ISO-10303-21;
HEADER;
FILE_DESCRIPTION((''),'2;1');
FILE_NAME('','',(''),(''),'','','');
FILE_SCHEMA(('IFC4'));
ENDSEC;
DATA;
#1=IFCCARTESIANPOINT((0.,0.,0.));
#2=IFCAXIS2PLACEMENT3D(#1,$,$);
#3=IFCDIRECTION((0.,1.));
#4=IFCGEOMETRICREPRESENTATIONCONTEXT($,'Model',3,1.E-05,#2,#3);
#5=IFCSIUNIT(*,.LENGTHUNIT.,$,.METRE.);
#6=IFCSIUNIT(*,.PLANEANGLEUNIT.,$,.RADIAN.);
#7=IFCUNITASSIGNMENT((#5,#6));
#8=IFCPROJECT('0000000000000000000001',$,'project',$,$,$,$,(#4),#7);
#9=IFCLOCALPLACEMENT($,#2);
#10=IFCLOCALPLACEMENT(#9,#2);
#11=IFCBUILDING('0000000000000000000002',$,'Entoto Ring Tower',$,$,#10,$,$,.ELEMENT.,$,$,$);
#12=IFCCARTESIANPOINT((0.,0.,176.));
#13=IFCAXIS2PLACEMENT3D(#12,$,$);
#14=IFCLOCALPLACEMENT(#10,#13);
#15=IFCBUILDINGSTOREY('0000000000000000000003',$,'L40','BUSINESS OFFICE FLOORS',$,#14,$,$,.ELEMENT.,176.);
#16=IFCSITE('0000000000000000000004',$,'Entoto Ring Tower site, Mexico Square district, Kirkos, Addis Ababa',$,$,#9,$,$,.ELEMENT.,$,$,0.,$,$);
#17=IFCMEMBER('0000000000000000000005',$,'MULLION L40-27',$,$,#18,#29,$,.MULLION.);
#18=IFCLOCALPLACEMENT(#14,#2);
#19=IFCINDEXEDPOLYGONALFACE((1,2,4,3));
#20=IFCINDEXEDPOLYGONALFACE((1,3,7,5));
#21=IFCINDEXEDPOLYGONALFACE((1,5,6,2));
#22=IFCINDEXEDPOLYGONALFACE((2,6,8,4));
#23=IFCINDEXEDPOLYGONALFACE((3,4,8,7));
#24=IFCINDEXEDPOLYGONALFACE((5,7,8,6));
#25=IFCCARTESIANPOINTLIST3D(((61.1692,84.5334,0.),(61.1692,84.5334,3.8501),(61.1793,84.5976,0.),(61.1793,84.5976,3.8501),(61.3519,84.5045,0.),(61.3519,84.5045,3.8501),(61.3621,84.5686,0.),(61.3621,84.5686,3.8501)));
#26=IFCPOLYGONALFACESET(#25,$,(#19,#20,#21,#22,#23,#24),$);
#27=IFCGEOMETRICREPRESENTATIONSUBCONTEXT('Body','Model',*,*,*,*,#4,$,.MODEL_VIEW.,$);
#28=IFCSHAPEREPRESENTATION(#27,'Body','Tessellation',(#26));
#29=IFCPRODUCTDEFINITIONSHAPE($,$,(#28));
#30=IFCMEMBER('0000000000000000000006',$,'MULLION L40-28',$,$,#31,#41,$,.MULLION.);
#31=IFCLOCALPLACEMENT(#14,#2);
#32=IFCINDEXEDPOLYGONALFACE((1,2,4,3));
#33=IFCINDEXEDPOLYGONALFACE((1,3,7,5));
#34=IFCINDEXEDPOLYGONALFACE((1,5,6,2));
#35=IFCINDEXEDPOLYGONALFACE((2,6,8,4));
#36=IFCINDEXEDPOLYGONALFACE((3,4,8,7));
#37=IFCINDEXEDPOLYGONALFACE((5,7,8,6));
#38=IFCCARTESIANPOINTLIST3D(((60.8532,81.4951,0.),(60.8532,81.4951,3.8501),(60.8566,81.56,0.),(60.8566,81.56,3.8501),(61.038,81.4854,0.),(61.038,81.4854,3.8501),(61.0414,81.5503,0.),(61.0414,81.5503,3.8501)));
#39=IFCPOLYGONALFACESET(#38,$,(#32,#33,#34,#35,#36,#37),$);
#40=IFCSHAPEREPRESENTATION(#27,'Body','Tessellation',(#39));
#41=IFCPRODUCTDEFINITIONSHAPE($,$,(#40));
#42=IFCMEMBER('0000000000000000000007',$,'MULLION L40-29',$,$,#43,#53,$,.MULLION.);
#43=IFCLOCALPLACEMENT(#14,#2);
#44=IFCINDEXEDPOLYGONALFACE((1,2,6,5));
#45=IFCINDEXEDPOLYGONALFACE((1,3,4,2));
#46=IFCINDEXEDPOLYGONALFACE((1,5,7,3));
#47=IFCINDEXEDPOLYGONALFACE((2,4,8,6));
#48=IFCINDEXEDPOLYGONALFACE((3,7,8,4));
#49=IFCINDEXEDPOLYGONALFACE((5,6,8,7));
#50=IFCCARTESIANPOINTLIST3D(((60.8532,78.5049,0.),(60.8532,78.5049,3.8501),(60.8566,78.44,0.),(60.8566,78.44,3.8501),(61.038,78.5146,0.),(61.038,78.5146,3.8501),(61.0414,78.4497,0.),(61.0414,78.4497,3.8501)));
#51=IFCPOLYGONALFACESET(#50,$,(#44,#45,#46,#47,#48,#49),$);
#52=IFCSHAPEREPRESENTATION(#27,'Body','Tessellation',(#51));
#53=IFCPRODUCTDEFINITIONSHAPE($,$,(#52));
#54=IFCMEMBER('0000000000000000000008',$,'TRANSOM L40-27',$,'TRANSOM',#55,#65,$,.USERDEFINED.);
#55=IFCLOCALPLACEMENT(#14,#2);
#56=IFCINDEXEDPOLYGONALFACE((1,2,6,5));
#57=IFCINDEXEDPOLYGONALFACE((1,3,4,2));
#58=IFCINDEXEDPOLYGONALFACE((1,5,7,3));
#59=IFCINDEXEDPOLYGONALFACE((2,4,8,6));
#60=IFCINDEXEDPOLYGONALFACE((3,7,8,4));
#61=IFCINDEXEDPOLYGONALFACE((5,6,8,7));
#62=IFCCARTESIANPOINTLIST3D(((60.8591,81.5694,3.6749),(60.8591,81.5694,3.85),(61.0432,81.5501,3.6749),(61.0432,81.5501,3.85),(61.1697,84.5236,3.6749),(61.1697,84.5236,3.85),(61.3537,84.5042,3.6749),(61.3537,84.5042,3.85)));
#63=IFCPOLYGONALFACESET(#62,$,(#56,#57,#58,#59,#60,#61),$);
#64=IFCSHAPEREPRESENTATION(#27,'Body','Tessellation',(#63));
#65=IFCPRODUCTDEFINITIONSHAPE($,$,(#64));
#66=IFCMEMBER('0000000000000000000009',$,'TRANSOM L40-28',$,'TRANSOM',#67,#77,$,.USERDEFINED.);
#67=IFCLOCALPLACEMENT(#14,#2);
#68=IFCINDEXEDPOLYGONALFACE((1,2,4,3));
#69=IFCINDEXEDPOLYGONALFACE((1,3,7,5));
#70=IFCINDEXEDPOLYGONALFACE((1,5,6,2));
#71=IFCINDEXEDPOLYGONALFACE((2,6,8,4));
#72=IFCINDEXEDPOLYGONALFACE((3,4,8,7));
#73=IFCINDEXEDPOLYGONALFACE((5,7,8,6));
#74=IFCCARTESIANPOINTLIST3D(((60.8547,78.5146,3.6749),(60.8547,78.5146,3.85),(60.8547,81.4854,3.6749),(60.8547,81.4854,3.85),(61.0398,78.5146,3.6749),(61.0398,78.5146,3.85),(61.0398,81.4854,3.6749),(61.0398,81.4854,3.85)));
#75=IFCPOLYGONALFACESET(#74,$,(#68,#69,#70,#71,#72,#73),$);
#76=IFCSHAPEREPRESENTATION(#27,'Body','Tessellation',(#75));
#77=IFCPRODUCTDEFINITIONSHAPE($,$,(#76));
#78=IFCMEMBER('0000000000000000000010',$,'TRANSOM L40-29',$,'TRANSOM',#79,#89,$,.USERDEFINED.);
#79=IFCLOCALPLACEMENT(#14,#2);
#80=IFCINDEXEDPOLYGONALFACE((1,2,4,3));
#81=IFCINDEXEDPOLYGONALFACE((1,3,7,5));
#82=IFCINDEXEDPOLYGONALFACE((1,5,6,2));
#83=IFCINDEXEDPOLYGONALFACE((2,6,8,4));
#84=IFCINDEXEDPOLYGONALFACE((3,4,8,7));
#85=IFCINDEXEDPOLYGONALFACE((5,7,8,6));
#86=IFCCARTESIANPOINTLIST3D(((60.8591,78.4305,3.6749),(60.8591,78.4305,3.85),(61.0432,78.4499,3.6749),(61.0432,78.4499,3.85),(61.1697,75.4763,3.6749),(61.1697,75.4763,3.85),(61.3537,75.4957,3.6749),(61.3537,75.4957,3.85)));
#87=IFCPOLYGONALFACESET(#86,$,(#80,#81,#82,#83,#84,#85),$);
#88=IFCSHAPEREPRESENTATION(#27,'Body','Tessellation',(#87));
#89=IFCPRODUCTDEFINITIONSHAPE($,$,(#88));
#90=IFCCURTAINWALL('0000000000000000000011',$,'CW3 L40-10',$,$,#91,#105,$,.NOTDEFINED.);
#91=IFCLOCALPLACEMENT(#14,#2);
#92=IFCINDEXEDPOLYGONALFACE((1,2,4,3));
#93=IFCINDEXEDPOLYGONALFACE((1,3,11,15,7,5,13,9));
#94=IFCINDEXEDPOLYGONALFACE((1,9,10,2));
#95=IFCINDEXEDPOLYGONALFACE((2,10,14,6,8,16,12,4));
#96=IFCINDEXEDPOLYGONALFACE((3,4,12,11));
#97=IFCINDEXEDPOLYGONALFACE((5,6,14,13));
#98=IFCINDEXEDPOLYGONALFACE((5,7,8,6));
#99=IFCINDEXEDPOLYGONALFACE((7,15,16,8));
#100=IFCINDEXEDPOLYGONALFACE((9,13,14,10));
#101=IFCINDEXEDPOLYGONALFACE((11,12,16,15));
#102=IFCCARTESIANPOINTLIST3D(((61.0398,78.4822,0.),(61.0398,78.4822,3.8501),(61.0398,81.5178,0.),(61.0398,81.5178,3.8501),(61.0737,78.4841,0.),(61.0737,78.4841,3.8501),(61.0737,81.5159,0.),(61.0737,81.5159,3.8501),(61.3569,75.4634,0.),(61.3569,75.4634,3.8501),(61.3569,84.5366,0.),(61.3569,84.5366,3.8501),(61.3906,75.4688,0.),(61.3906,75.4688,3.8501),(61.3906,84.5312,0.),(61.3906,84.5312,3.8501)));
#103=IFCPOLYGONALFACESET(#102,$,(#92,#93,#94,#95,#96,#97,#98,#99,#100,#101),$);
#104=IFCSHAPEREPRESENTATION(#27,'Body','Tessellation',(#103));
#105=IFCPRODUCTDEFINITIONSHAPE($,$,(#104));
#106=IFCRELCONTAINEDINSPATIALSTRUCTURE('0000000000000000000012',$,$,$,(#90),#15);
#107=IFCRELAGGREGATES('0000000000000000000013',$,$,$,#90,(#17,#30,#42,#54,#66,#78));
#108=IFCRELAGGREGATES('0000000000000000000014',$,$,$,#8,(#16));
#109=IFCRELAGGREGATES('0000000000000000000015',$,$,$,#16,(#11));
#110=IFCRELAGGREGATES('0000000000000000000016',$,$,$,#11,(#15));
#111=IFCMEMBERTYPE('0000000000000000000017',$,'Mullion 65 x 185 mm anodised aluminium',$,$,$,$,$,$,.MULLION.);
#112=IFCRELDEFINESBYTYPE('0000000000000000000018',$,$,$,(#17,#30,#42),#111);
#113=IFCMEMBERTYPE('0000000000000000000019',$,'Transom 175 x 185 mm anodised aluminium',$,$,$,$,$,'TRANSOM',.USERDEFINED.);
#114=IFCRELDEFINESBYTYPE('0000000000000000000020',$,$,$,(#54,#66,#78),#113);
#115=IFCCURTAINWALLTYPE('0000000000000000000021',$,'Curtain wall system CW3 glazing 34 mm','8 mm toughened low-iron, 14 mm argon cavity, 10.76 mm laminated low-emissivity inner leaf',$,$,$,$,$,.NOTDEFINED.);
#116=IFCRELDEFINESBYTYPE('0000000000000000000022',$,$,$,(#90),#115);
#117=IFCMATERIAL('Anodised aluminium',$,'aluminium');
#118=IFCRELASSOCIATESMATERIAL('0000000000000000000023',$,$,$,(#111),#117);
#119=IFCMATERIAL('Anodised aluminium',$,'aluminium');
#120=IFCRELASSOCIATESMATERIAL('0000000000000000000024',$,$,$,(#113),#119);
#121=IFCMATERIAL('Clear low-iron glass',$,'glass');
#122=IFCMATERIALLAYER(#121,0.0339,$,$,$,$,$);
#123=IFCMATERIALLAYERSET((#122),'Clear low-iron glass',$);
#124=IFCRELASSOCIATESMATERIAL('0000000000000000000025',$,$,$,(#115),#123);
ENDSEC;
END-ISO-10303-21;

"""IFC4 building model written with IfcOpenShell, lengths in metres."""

from ifc_helpers import new_model, si_unit, direction, frame, origin, origin_2d, place, context, subcontext, project, spatial, polyline, rectangle, outline, extrude, material, layer, layer_set, material_profile, profile_set, type_object, element, aggregate, save


model = new_model("IFC4")

# Units and contexts
model_context = context("Model", 3, precision=1e-05, world=origin(), true_north=direction((0.0, 1.0)))
body_context = subcontext(model_context, "Body", "Model", "MODEL_VIEW")
ifc_project = project(units=[si_unit("LENGTHUNIT", "METRE"), si_unit("PLANEANGLEUNIT", "RADIAN")], contexts=[model_context])

# Members
ifc_material_1 = material(Name="Anodised aluminium", Category="aluminium")
ifc_material_profile_1 = material_profile(ifc_material_1, rectangle(XDim=0.0649, YDim=0.1851, at=origin_2d()), Name="Mullion 65 x 185 mm anodised aluminium")
ifc_profile_set_1 = profile_set([ifc_material_profile_1], Name="Anodised aluminium")
member_type_1 = type_object("IfcMemberType", Name="Mullion 65 x 185 mm anodised aluminium", PredefinedType="MULLION", material=ifc_profile_set_1)
site_placement = place(None, origin())
building_placement = place(site_placement, origin())
storey_placement = place(building_placement, frame((0.0, 0.0, 176.0)))
member_1_placement = place(storey_placement, frame((61.2656, 84.551, 0.0), z_axis=(0.0, 0.0, 1.0), x_axis=(-0.156434, -0.987688, 0.0)))
member_1 = element("IfcMember", 1, at=member_1_placement, type_object=member_type_1, Name="MULLION L40-27", PredefinedType="MULLION", context=body_context, shape_type="SweptSolid", body=[
    extrude(rectangle(XDim=0.0649, YDim=0.1851, at=origin_2d()), origin(), (0.0, 0.0, 1.0), 3.8501),
])
member_2_placement = place(storey_placement, frame((60.9473, 81.5227, 0.0), z_axis=(0.0, 0.0, 1.0), x_axis=(-0.052336, -0.99863, 0.0)))
member_2 = element("IfcMember", 2, at=member_2_placement, type_object=member_type_1, Name="MULLION L40-28", PredefinedType="MULLION", context=body_context, shape_type="SweptSolid", body=[
    extrude(rectangle(XDim=0.0649, YDim=0.1851, at=origin_2d()), origin(), (0.0, 0.0, 1.0), 3.8501),
])
member_3_placement = place(storey_placement, frame((60.9473, 78.4773, 0.0), z_axis=(0.0, 0.0, 1.0), x_axis=(0.052336, -0.99863, 0.0)))
member_3 = element("IfcMember", 3, at=member_3_placement, type_object=member_type_1, Name="MULLION L40-29", PredefinedType="MULLION", context=body_context, shape_type="SweptSolid", body=[
    extrude(rectangle(XDim=0.0649, YDim=0.1851, at=origin_2d()), origin(), (0.0, 0.0, 1.0), 3.8501),
])
ifc_material_2 = material(Name="Anodised aluminium", Category="aluminium")
ifc_material_profile_2 = material_profile(ifc_material_2, rectangle(XDim=0.1851, YDim=0.175, at=origin_2d()), Name="Transom 175 x 185 mm anodised aluminium")
ifc_profile_set_2 = profile_set([ifc_material_profile_2], Name="Anodised aluminium")
member_type_2 = type_object("IfcMemberType", Name="Transom 175 x 185 mm anodised aluminium", ElementType="TRANSOM", PredefinedType="USERDEFINED", material=ifc_profile_set_2)
member_4_placement = place(storey_placement, frame((61.2617, 84.5139, 3.7625), z_axis=(-0.104548, -0.99452, 0.0), x_axis=(0.99452, -0.104548, 0.0)))
member_4 = element("IfcMember", 4, at=member_4_placement, type_object=member_type_2, Name="TRANSOM L40-27", ObjectType="TRANSOM", PredefinedType="USERDEFINED", context=body_context, shape_type="SweptSolid", body=[
    extrude(rectangle(XDim=0.1851, YDim=0.175, at=origin_2d()), origin(), (0.0, 0.0, 1.0), 2.9705),
])
member_5_placement = place(storey_placement, frame((60.9473, 81.4854, 3.7625), z_axis=(0.0, -1.0, 0.0), x_axis=(1.0, 0.0, 0.0)))
member_5 = element("IfcMember", 5, at=member_5_placement, type_object=member_type_2, Name="TRANSOM L40-28", ObjectType="TRANSOM", PredefinedType="USERDEFINED", context=body_context, shape_type="SweptSolid", body=[
    extrude(rectangle(XDim=0.1851, YDim=0.175, at=origin_2d()), origin(), (0.0, 0.0, 1.0), 2.9707),
])
member_6_placement = place(storey_placement, frame((60.9512, 78.4402, 3.7625), z_axis=(0.104548, -0.99452, 0.0), x_axis=(0.99452, 0.104548, 0.0)))
member_6 = element("IfcMember", 6, at=member_6_placement, type_object=member_type_2, Name="TRANSOM L40-29", ObjectType="TRANSOM", PredefinedType="USERDEFINED", context=body_context, shape_type="SweptSolid", body=[
    extrude(rectangle(XDim=0.1851, YDim=0.175, at=origin_2d()), origin(), (0.0, 0.0, 1.0), 2.9705),
])

# Site, building, storey
site = spatial("IfcSite", under=ifc_project, at=site_placement, Name="Entoto Ring Tower site, Mexico Square district, Kirkos, Addis Ababa", CompositionType="ELEMENT", RefElevation=0.0)
building = spatial("IfcBuilding", under=site, at=building_placement, Name="Entoto Ring Tower", CompositionType="ELEMENT")
storey = spatial("IfcBuildingStorey", under=building, at=storey_placement, Name="L40", Description="BUSINESS OFFICE FLOORS", CompositionType="ELEMENT", Elevation=176.0)

# Curtain wall
ifc_material_3 = material(Name="Clear low-iron glass", Category="glass")
ifc_layer = layer(ifc_material_3, 0.0339)
ifc_layer_set = layer_set([ifc_layer], Name="Clear low-iron glass")
curtain_wall_type = type_object("IfcCurtainWallType", Name="Curtain wall system CW3 glazing 34 mm", Description="8 mm toughened low-iron, 14 mm argon cavity, 10.76 mm laminated low-emissivity inner leaf", PredefinedType="NOTDEFINED", material=ifc_layer_set)
curtain_wall_1_placement = place(storey_placement, origin())
curtain_wall_1 = element("IfcCurtainWall", 7, at=curtain_wall_1_placement, inside=storey, type_object=curtain_wall_type, Name="CW3 L40-10", PredefinedType="NOTDEFINED", context=body_context, shape_type="SweptSolid", body=[
    extrude(outline(polyline([(61.3569, 84.5366), (61.0398, 81.5178), (61.0398, 78.4822), (61.3569, 75.4634), (61.3906, 75.4688), (61.0737, 78.4841), (61.0737, 81.5159), (61.3906, 84.5312), (61.3569, 84.5366)])), origin(), (0.0, 0.0, 1.0), 3.8501),
])
aggregate(curtain_wall_1, [member_1, member_2, member_3, member_4, member_5, member_6])

save(model, "model.ifc")
